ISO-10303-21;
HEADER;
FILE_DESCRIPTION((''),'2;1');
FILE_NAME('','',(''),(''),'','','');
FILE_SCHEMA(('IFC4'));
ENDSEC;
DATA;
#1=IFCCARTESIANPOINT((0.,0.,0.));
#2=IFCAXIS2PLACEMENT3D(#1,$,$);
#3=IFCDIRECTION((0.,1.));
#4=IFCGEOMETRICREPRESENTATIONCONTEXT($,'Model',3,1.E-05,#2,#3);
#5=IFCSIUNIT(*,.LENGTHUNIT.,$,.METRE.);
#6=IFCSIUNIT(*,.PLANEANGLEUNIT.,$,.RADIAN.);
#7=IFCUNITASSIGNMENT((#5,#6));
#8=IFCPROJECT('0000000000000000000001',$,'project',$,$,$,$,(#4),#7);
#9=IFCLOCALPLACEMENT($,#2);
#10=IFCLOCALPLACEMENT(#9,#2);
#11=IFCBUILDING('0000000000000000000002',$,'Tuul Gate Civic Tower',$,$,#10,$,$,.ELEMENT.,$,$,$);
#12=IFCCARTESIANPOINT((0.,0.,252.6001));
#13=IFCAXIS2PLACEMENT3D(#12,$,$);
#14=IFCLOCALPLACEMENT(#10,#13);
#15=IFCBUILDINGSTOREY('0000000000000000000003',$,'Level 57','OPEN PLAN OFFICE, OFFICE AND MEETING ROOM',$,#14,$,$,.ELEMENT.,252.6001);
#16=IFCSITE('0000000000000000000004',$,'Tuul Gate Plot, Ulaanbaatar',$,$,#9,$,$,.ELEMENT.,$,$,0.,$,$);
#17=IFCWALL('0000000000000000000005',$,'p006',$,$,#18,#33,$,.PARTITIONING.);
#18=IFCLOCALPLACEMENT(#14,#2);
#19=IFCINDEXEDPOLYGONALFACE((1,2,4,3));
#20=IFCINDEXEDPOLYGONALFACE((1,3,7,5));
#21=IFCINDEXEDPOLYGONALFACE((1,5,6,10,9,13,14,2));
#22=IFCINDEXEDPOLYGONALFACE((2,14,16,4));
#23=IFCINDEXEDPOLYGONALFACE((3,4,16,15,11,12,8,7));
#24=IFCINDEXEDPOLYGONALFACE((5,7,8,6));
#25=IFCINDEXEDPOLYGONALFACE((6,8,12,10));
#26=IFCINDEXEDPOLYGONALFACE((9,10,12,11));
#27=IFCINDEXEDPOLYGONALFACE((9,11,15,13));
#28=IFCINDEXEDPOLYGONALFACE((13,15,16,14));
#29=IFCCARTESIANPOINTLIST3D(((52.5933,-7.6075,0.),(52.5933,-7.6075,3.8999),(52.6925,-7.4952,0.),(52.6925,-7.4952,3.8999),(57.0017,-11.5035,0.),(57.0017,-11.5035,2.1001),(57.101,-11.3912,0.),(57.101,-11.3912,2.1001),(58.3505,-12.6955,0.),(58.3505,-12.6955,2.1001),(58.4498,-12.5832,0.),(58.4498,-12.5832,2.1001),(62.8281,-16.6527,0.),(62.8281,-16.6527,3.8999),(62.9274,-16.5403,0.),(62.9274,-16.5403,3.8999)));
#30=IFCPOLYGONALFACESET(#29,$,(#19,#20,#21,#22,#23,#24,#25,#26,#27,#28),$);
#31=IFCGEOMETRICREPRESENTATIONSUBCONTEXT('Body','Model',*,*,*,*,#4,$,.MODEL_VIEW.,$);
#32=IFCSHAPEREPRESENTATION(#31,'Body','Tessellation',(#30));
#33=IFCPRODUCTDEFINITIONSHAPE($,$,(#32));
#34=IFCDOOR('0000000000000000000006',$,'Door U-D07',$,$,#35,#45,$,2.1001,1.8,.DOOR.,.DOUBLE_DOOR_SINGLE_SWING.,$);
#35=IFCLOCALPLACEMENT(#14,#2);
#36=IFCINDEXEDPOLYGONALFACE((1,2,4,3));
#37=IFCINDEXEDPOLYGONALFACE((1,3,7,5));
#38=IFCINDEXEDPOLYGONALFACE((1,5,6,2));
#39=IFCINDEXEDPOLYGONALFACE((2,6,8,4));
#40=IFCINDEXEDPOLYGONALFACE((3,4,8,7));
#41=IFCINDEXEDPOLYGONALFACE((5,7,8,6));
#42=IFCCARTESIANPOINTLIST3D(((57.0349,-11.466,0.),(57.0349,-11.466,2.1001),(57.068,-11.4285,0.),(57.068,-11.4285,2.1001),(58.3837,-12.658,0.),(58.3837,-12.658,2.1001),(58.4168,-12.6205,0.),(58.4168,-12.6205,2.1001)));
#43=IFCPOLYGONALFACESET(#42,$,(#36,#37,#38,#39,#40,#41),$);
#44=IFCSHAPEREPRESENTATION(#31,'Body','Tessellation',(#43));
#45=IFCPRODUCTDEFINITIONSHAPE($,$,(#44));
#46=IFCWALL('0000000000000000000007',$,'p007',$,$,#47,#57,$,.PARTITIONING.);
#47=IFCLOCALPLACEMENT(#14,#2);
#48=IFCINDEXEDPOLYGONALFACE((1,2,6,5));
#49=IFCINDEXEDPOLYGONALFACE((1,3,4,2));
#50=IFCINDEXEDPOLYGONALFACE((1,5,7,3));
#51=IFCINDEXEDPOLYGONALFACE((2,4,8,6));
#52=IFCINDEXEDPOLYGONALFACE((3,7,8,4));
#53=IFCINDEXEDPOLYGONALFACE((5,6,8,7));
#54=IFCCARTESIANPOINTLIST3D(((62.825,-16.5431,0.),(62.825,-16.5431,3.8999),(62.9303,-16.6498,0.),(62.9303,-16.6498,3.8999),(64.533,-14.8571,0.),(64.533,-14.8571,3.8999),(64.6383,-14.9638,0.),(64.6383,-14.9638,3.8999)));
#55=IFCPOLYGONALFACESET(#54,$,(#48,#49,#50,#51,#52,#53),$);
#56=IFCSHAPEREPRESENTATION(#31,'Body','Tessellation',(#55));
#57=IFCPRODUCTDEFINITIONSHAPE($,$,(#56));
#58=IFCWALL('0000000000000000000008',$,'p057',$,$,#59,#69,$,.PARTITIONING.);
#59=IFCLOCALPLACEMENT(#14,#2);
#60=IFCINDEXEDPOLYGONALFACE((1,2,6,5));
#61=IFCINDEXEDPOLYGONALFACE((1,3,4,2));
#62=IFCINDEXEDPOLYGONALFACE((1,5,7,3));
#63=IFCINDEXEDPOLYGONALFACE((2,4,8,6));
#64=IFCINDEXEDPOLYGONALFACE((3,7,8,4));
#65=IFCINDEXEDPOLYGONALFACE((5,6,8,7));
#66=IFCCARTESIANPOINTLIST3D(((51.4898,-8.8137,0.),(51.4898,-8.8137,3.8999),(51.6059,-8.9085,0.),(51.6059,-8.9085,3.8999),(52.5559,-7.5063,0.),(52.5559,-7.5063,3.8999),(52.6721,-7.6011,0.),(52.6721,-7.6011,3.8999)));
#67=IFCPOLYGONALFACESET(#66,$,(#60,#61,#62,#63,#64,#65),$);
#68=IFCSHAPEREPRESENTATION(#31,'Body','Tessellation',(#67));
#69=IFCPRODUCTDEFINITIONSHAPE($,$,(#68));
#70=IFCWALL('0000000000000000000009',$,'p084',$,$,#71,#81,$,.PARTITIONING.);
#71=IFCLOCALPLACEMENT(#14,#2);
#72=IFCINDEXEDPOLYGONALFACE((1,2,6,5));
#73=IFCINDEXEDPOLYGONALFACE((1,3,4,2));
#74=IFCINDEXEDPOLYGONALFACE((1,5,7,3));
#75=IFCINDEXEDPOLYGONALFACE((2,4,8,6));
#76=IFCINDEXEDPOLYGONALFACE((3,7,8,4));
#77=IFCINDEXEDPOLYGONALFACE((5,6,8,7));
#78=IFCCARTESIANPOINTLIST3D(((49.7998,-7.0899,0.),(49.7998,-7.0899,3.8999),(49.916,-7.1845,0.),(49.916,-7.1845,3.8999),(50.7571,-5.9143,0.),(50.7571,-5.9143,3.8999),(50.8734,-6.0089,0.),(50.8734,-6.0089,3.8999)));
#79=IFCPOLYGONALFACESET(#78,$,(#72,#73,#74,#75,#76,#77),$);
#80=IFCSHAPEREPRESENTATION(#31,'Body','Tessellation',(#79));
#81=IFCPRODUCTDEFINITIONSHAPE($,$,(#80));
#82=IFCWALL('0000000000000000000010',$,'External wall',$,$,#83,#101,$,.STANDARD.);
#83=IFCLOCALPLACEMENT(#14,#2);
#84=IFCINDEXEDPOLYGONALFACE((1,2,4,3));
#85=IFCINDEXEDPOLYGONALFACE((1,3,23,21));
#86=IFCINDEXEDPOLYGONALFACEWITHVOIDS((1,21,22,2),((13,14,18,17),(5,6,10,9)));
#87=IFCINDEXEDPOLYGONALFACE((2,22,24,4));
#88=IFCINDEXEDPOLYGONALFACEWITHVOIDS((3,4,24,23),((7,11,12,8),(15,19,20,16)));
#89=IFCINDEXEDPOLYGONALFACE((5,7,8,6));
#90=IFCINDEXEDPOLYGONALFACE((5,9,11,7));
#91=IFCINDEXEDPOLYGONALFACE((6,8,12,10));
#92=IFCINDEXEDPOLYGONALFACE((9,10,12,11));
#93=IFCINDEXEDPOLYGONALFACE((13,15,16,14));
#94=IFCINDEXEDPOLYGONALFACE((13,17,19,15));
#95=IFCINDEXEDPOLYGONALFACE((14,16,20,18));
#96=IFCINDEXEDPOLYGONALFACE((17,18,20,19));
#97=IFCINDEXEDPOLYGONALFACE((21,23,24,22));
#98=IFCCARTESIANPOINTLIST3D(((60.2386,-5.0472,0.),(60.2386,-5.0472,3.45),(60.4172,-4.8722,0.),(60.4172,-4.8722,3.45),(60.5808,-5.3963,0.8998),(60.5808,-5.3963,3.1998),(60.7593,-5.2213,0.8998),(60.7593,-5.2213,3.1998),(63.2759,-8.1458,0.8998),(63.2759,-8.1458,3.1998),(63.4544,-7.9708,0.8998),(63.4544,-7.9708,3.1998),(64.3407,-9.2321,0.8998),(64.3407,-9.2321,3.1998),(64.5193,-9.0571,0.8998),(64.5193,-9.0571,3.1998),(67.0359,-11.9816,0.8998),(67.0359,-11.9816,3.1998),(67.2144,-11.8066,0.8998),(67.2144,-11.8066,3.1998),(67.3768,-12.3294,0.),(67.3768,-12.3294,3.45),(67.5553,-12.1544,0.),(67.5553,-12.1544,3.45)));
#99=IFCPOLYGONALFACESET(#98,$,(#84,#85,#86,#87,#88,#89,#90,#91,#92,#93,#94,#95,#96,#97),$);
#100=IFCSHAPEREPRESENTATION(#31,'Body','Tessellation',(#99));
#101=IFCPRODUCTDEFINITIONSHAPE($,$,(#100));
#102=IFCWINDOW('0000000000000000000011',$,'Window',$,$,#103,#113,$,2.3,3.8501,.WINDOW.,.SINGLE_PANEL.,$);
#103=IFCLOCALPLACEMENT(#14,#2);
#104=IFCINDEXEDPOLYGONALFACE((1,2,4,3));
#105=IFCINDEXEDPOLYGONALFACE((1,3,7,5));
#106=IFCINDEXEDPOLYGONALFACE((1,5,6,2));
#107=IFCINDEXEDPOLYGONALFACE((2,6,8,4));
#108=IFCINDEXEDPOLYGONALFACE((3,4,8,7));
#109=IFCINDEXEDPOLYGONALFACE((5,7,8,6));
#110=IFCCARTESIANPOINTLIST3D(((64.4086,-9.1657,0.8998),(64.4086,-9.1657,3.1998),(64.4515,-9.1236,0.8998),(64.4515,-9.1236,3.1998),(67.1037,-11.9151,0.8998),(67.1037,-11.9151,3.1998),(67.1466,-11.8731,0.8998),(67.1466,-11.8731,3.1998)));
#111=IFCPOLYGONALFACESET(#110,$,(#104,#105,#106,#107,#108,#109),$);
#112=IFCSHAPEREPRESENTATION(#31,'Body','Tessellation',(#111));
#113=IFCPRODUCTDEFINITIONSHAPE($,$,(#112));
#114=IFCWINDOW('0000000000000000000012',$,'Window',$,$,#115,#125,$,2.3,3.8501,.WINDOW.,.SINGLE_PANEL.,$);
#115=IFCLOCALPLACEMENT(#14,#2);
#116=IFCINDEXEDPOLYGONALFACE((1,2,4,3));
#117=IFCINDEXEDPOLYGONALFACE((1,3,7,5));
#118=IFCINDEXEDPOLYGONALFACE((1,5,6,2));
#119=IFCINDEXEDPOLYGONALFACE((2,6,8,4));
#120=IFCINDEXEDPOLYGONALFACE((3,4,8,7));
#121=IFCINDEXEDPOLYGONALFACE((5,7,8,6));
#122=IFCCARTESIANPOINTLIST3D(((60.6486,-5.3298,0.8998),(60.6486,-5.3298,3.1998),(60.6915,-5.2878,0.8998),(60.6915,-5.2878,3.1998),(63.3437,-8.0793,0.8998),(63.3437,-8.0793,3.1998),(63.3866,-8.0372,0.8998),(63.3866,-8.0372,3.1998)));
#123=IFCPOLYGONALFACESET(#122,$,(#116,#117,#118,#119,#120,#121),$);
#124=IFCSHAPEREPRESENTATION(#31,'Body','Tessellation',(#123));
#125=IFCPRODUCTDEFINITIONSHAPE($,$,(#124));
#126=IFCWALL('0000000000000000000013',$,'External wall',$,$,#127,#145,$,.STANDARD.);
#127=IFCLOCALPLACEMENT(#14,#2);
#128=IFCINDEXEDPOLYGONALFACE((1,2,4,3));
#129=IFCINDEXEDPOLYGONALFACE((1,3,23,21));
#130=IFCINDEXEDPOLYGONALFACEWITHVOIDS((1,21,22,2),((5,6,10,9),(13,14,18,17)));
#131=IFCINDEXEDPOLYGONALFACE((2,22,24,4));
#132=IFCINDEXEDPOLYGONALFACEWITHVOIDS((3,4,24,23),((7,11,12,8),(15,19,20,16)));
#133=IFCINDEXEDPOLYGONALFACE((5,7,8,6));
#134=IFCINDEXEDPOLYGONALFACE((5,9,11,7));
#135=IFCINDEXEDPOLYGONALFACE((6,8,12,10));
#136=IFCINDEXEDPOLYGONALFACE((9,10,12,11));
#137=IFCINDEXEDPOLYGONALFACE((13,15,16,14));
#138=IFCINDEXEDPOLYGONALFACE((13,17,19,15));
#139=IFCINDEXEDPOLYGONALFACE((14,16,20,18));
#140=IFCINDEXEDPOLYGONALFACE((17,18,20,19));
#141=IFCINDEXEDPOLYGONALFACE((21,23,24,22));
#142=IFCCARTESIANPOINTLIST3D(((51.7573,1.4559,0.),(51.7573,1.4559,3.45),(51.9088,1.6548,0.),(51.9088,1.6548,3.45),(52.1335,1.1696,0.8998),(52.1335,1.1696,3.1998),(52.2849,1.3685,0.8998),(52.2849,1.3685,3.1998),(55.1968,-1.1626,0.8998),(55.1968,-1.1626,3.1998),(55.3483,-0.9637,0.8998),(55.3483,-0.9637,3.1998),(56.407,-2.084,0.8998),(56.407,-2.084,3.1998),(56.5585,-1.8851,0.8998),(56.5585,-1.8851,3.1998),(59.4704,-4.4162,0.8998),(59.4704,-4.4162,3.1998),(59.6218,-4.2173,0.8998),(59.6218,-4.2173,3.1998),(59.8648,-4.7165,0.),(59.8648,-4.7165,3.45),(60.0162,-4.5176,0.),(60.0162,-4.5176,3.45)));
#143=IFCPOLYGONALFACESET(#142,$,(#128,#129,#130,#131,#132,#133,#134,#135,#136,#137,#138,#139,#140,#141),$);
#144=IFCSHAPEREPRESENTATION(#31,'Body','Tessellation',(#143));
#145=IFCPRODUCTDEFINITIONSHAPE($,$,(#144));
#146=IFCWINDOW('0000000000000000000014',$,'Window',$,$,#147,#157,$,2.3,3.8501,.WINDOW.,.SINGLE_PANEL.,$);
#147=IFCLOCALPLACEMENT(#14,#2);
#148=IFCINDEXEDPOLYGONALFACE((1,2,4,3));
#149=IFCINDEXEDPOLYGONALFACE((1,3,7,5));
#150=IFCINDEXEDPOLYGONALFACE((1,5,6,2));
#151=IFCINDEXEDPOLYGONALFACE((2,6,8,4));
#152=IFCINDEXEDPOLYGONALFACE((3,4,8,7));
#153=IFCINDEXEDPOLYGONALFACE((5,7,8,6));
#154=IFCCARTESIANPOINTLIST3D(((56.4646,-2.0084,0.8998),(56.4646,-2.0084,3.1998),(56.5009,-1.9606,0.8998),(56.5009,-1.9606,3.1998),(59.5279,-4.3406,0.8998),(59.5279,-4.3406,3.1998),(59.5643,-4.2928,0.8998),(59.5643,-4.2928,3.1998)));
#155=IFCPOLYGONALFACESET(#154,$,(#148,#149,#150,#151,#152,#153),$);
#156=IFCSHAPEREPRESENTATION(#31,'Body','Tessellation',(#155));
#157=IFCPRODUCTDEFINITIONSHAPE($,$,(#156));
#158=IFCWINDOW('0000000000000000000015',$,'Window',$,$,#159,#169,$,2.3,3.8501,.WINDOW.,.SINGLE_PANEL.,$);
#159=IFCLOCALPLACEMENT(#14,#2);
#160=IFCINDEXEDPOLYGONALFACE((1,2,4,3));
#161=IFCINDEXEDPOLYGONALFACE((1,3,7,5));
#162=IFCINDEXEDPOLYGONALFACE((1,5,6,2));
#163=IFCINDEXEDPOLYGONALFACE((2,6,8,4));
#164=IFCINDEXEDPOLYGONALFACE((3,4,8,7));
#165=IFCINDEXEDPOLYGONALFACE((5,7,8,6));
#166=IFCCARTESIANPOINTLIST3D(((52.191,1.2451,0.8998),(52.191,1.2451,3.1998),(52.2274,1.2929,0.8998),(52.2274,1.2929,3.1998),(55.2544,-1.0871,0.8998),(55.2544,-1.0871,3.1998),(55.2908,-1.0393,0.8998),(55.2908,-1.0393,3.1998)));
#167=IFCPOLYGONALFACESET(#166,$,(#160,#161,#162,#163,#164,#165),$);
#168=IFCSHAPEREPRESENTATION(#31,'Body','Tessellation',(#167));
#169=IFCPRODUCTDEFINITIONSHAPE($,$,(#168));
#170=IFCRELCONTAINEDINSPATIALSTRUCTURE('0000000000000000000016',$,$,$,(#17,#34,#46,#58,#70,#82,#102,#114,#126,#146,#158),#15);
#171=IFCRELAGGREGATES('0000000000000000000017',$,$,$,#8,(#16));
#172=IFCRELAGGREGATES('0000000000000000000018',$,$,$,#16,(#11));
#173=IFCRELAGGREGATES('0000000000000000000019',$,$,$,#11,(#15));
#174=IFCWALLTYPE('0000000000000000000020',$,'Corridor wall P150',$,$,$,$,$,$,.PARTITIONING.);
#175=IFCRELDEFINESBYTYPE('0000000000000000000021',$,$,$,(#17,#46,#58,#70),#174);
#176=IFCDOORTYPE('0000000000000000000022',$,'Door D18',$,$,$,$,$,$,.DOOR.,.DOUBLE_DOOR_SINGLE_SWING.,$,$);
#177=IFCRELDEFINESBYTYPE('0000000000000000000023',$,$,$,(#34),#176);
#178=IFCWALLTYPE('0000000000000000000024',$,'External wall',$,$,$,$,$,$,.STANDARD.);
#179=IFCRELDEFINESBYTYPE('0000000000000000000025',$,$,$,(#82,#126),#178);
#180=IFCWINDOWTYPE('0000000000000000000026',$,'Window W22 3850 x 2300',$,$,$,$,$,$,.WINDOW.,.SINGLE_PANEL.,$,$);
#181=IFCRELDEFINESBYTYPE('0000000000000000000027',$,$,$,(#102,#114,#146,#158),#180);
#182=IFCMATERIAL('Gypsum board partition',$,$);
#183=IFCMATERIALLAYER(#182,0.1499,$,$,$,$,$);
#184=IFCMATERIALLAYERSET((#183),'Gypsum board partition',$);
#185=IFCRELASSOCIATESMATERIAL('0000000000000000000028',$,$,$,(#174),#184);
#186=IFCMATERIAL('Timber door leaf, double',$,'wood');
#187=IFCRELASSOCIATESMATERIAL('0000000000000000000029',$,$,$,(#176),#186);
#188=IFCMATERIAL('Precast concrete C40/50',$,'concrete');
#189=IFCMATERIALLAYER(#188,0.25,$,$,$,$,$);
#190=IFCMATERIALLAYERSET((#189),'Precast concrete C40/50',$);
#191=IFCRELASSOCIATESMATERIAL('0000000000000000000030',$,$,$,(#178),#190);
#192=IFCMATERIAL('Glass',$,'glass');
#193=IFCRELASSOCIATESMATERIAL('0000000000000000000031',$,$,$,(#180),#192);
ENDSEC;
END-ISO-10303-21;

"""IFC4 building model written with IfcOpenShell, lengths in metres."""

from ifc_helpers import new_model, si_unit, direction, frame, frame_2d, origin, place, context, subcontext, project, spatial, rectangle, extrude, material, layer, layer_set, type_object, element, fill, save


model = new_model("IFC4")

# Units and contexts
model_context = context("Model", 3, precision=1e-05, world=origin(), true_north=direction((0.0, 1.0)))
body_context = subcontext(model_context, "Body", "Model", "MODEL_VIEW")
ifc_project = project(units=[si_unit("LENGTHUNIT", "METRE"), si_unit("PLANEANGLEUNIT", "RADIAN")], contexts=[model_context])

# Site, building, storey
site_placement = place(None, origin())
site = spatial("IfcSite", under=ifc_project, at=site_placement, Name="Tuul Gate Plot, Ulaanbaatar", CompositionType="ELEMENT", RefElevation=0.0)
building_placement = place(site_placement, origin())
building = spatial("IfcBuilding", under=site, at=building_placement, Name="Tuul Gate Civic Tower", CompositionType="ELEMENT")
storey_placement = place(building_placement, frame((0.0, 0.0, 252.6001)))
storey = spatial("IfcBuildingStorey", under=building, at=storey_placement, Name="Level 57", Description="OPEN PLAN OFFICE, OFFICE AND MEETING ROOM", CompositionType="ELEMENT", Elevation=252.6001)

# Wall, opening, door
ifc_material_1 = material(Name="Gypsum board partition")
ifc_layer_1 = layer(ifc_material_1, 0.1499)
ifc_layer_set_1 = layer_set([ifc_layer_1], Name="Gypsum board partition")
wall_type_1 = type_object("IfcWallType", Name="Corridor wall P150", PredefinedType="PARTITIONING", material=ifc_layer_set_1)
wall_1_placement = place(storey_placement, frame((52.6428, -7.5513, 0.0), z_axis=(0.0, 0.0, 1.0), x_axis=(0.749314, -0.662214, 0.0)))
wall_1 = element("IfcWall", 1, at=wall_1_placement, inside=storey, type_object=wall_type_1, Name="p006", PredefinedType="PARTITIONING", context=body_context, shape_type="SweptSolid", body=[
    extrude(rectangle(XDim=13.6589, YDim=0.1499, at=frame_2d((6.8296, 0.0))), origin(), (0.0, 0.0, 1.0), 3.8999),
])
opening_1_placement = place(wall_1_placement, frame((5.8835, 0.0, 0.0)))
opening_1 = element("IfcOpeningElement", 2, at=opening_1_placement, cuts=wall_1, PredefinedType="OPENING", context=body_context, shape_type="SweptSolid", body=[
    extrude(rectangle(XDim=1.8, YDim=2.1001, at=frame_2d((0.8999, 1.05))), frame((0.0, 0.085, 0.0), z_axis=(0.0, -1.0, 0.0), x_axis=(1.0, 0.0, 0.0)), (0.0, 0.0, 1.0), 0.1699),
])
ifc_material_2 = material(Name="Timber door leaf, double", Category="wood")
door_type_1 = type_object("IfcDoorType", Name="Door D18", OperationType="DOUBLE_DOOR_SINGLE_SWING", PredefinedType="DOOR", material=ifc_material_2)
door_1_placement = place(opening_1_placement, frame((1.8, 0.0, 0.0), z_axis=(0.0, 0.0, 1.0), x_axis=(-1.0, 0.0, 0.0)))
door_1 = element("IfcDoor", 3, at=door_1_placement, inside=storey, type_object=door_type_1, Name="Door U-D07", OperationType="DOUBLE_DOOR_SINGLE_SWING", OverallHeight=2.1001, OverallWidth=1.8, PredefinedType="DOOR", context=body_context, shape_type="SweptSolid", body=[
    extrude(rectangle(XDim=1.8, YDim=2.1001, at=frame_2d((0.9001, 1.05))), frame((0.0, 0.0249, 0.0), z_axis=(0.0, -1.0, 0.0), x_axis=(1.0, 0.0, 0.0)), (0.0, 0.0, 1.0), 0.05),
])
fill(opening_1, door_1)

# Walls
wall_2_placement = place(storey_placement, frame((62.8777, -16.5964, 0.0), z_axis=(0.0, 0.0, 1.0), x_axis=(0.71167, 0.702514, 0.0)))
element("IfcWall", 4, at=wall_2_placement, inside=storey, type_object=wall_type_1, Name="p007", PredefinedType="PARTITIONING", context=body_context, shape_type="SweptSolid", body=[
    extrude(rectangle(XDim=2.3999, YDim=0.1499, at=frame_2d((1.2, 0.0))), origin(), (0.0, 0.0, 1.0), 3.8999),
])
wall_3_placement = place(storey_placement, frame((51.5479, -8.8611, 0.0), z_axis=(0.0, 0.0, 1.0), x_axis=(0.631992, 0.774975, 0.0)))
element("IfcWall", 5, at=wall_3_placement, inside=storey, type_object=wall_type_1, Name="p057", PredefinedType="PARTITIONING", context=body_context, shape_type="SweptSolid", body=[
    extrude(rectangle(XDim=1.687, YDim=0.1499, at=frame_2d((0.8435, 0.0))), origin(), (0.0, 0.0, 1.0), 3.8999),
])
wall_4_placement = place(storey_placement, frame((49.8579, -7.1372, 0.0), z_axis=(0.0, 0.0, 1.0), x_axis=(0.631447, 0.775419, 0.0)))
element("IfcWall", 6, at=wall_4_placement, inside=storey, type_object=wall_type_1, Name="p084", PredefinedType="PARTITIONING", context=body_context, shape_type="SweptSolid", body=[
    extrude(rectangle(XDim=1.5161, YDim=0.1499, at=frame_2d((0.7581, 0.0))), origin(), (0.0, 0.0, 1.0), 3.8999),
])

# Walls, openings, windows
ifc_material_3 = material(Name="Precast concrete C40/50", Category="concrete")
ifc_layer_2 = layer(ifc_material_3, 0.25)
ifc_layer_set_2 = layer_set([ifc_layer_2], Name="Precast concrete C40/50")
wall_type_2 = type_object("IfcWallType", Name="External wall", PredefinedType="STANDARD", material=ifc_layer_set_2)
wall_5_placement = place(storey_placement, frame((67.4661, -12.2419, 0.0), z_axis=(0.0, 0.0, 1.0), x_axis=(-0.700009, 0.714134, 0.0)))
wall_5 = element("IfcWall", 7, at=wall_5_placement, inside=storey, type_object=wall_type_2, Name="External wall", PredefinedType="STANDARD", context=body_context, shape_type="SweptSolid", body=[
    extrude(rectangle(XDim=10.1973, YDim=0.25, at=frame_2d((5.0986, 0.0))), origin(), (0.0, 0.0, 1.0), 3.45),
])
opening_2_placement = place(wall_5_placement, frame((0.4871, 0.0, 0.8999)))
opening_2 = element("IfcOpeningElement", 8, at=opening_2_placement, cuts=wall_5, PredefinedType="OPENING", context=body_context, shape_type="SweptSolid", body=[
    extrude(rectangle(XDim=3.8501, YDim=2.3, at=frame_2d((1.925, 1.1499))), frame((0.0, 0.135, 0.0), z_axis=(0.0, -1.0, 0.0), x_axis=(1.0, 0.0, 0.0)), (0.0, 0.0, 1.0), 0.27),
])
opening_3_placement = place(wall_5_placement, frame((5.8584, 0.0, 0.8999)))
opening_3 = element("IfcOpeningElement", 9, at=opening_3_placement, cuts=wall_5, PredefinedType="OPENING", context=body_context, shape_type="SweptSolid", body=[
    extrude(rectangle(XDim=3.8501, YDim=2.3, at=frame_2d((1.925, 1.1499))), frame((0.0, 0.135, 0.0), z_axis=(0.0, -1.0, 0.0), x_axis=(1.0, 0.0, 0.0)), (0.0, 0.0, 1.0), 0.27),
])
ifc_material_4 = material(Name="Glass", Category="glass")
window_type = type_object("IfcWindowType", Name="Window W22 3850 x 2300", PartitioningType="SINGLE_PANEL", PredefinedType="WINDOW", material=ifc_material_4)
window_1_placement = place(opening_2_placement, origin())
window_1 = element("IfcWindow", 10, at=window_1_placement, inside=storey, type_object=window_type, Name="Window", OverallHeight=2.3, OverallWidth=3.8501, PartitioningType="SINGLE_PANEL", PredefinedType="WINDOW", context=body_context, shape_type="SweptSolid", body=[
    extrude(rectangle(XDim=3.8501, YDim=2.3, at=frame_2d((1.925, 1.1499))), frame((0.0, 0.03, 0.0), z_axis=(0.0, -1.0, 0.0), x_axis=(1.0, 0.0, 0.0)), (0.0, 0.0, 1.0), 0.0601),
])
fill(opening_2, window_1)
window_2_placement = place(opening_3_placement, origin())
window_2 = element("IfcWindow", 11, at=window_2_placement, inside=storey, type_object=window_type, Name="Window", OverallHeight=2.3, OverallWidth=3.8501, PartitioningType="SINGLE_PANEL", PredefinedType="WINDOW", context=body_context, shape_type="SweptSolid", body=[
    extrude(rectangle(XDim=3.8501, YDim=2.3, at=frame_2d((1.925, 1.1499))), frame((0.0, 0.03, 0.0), z_axis=(0.0, -1.0, 0.0), x_axis=(1.0, 0.0, 0.0)), (0.0, 0.0, 1.0), 0.0601),
])
fill(opening_3, window_2)
wall_6_placement = place(storey_placement, frame((59.9404, -4.6169, 0.0), z_axis=(0.0, 0.0, 1.0), x_axis=(-0.795655, 0.60575, 0.0)))
wall_6 = element("IfcWall", 12, at=wall_6_placement, inside=storey, type_object=wall_type_2, Name="External wall", PredefinedType="STANDARD", context=body_context, shape_type="SweptSolid", body=[
    extrude(rectangle(XDim=10.1897, YDim=0.25, at=frame_2d((5.0947, 0.0))), origin(), (0.0, 0.0, 1.0), 3.45),
])
opening_4_placement = place(wall_6_placement, frame((0.4956, 0.0, 0.8999)))
opening_4 = element("IfcOpeningElement", 13, at=opening_4_placement, cuts=wall_6, PredefinedType="OPENING", context=body_context, shape_type="SweptSolid", body=[
    extrude(rectangle(XDim=3.8501, YDim=2.3, at=frame_2d((1.925, 1.1499))), frame((0.0, 0.135, 0.0), z_axis=(0.0, -1.0, 0.0), x_axis=(1.0, 0.0, 0.0)), (0.0, 0.0, 1.0), 0.27),
])
opening_5_placement = place(wall_6_placement, frame((5.8667, 0.0, 0.8999)))
opening_5 = element("IfcOpeningElement", 14, at=opening_5_placement, cuts=wall_6, PredefinedType="OPENING", context=body_context, shape_type="SweptSolid", body=[
    extrude(rectangle(XDim=3.8501, YDim=2.3, at=frame_2d((1.925, 1.1499))), frame((0.0, 0.135, 0.0), z_axis=(0.0, -1.0, 0.0), x_axis=(1.0, 0.0, 0.0)), (0.0, 0.0, 1.0), 0.27),
])
window_3_placement = place(opening_4_placement, origin())
window_3 = element("IfcWindow", 15, at=window_3_placement, inside=storey, type_object=window_type, Name="Window", OverallHeight=2.3, OverallWidth=3.8501, PartitioningType="SINGLE_PANEL", PredefinedType="WINDOW", context=body_context, shape_type="SweptSolid", body=[
    extrude(rectangle(XDim=3.8501, YDim=2.3, at=frame_2d((1.925, 1.1499))), frame((0.0, 0.03, 0.0), z_axis=(0.0, -1.0, 0.0), x_axis=(1.0, 0.0, 0.0)), (0.0, 0.0, 1.0), 0.0601),
])
fill(opening_4, window_3)
window_4_placement = place(opening_5_placement, origin())
window_4 = element("IfcWindow", 16, at=window_4_placement, inside=storey, type_object=window_type, Name="Window", OverallHeight=2.3, OverallWidth=3.8501, PartitioningType="SINGLE_PANEL", PredefinedType="WINDOW", context=body_context, shape_type="SweptSolid", body=[
    extrude(rectangle(XDim=3.8501, YDim=2.3, at=frame_2d((1.925, 1.1499))), frame((0.0, 0.03, 0.0), z_axis=(0.0, -1.0, 0.0), x_axis=(1.0, 0.0, 0.0)), (0.0, 0.0, 1.0), 0.0601),
])
fill(opening_5, window_4)

save(model, "model.ifc")
